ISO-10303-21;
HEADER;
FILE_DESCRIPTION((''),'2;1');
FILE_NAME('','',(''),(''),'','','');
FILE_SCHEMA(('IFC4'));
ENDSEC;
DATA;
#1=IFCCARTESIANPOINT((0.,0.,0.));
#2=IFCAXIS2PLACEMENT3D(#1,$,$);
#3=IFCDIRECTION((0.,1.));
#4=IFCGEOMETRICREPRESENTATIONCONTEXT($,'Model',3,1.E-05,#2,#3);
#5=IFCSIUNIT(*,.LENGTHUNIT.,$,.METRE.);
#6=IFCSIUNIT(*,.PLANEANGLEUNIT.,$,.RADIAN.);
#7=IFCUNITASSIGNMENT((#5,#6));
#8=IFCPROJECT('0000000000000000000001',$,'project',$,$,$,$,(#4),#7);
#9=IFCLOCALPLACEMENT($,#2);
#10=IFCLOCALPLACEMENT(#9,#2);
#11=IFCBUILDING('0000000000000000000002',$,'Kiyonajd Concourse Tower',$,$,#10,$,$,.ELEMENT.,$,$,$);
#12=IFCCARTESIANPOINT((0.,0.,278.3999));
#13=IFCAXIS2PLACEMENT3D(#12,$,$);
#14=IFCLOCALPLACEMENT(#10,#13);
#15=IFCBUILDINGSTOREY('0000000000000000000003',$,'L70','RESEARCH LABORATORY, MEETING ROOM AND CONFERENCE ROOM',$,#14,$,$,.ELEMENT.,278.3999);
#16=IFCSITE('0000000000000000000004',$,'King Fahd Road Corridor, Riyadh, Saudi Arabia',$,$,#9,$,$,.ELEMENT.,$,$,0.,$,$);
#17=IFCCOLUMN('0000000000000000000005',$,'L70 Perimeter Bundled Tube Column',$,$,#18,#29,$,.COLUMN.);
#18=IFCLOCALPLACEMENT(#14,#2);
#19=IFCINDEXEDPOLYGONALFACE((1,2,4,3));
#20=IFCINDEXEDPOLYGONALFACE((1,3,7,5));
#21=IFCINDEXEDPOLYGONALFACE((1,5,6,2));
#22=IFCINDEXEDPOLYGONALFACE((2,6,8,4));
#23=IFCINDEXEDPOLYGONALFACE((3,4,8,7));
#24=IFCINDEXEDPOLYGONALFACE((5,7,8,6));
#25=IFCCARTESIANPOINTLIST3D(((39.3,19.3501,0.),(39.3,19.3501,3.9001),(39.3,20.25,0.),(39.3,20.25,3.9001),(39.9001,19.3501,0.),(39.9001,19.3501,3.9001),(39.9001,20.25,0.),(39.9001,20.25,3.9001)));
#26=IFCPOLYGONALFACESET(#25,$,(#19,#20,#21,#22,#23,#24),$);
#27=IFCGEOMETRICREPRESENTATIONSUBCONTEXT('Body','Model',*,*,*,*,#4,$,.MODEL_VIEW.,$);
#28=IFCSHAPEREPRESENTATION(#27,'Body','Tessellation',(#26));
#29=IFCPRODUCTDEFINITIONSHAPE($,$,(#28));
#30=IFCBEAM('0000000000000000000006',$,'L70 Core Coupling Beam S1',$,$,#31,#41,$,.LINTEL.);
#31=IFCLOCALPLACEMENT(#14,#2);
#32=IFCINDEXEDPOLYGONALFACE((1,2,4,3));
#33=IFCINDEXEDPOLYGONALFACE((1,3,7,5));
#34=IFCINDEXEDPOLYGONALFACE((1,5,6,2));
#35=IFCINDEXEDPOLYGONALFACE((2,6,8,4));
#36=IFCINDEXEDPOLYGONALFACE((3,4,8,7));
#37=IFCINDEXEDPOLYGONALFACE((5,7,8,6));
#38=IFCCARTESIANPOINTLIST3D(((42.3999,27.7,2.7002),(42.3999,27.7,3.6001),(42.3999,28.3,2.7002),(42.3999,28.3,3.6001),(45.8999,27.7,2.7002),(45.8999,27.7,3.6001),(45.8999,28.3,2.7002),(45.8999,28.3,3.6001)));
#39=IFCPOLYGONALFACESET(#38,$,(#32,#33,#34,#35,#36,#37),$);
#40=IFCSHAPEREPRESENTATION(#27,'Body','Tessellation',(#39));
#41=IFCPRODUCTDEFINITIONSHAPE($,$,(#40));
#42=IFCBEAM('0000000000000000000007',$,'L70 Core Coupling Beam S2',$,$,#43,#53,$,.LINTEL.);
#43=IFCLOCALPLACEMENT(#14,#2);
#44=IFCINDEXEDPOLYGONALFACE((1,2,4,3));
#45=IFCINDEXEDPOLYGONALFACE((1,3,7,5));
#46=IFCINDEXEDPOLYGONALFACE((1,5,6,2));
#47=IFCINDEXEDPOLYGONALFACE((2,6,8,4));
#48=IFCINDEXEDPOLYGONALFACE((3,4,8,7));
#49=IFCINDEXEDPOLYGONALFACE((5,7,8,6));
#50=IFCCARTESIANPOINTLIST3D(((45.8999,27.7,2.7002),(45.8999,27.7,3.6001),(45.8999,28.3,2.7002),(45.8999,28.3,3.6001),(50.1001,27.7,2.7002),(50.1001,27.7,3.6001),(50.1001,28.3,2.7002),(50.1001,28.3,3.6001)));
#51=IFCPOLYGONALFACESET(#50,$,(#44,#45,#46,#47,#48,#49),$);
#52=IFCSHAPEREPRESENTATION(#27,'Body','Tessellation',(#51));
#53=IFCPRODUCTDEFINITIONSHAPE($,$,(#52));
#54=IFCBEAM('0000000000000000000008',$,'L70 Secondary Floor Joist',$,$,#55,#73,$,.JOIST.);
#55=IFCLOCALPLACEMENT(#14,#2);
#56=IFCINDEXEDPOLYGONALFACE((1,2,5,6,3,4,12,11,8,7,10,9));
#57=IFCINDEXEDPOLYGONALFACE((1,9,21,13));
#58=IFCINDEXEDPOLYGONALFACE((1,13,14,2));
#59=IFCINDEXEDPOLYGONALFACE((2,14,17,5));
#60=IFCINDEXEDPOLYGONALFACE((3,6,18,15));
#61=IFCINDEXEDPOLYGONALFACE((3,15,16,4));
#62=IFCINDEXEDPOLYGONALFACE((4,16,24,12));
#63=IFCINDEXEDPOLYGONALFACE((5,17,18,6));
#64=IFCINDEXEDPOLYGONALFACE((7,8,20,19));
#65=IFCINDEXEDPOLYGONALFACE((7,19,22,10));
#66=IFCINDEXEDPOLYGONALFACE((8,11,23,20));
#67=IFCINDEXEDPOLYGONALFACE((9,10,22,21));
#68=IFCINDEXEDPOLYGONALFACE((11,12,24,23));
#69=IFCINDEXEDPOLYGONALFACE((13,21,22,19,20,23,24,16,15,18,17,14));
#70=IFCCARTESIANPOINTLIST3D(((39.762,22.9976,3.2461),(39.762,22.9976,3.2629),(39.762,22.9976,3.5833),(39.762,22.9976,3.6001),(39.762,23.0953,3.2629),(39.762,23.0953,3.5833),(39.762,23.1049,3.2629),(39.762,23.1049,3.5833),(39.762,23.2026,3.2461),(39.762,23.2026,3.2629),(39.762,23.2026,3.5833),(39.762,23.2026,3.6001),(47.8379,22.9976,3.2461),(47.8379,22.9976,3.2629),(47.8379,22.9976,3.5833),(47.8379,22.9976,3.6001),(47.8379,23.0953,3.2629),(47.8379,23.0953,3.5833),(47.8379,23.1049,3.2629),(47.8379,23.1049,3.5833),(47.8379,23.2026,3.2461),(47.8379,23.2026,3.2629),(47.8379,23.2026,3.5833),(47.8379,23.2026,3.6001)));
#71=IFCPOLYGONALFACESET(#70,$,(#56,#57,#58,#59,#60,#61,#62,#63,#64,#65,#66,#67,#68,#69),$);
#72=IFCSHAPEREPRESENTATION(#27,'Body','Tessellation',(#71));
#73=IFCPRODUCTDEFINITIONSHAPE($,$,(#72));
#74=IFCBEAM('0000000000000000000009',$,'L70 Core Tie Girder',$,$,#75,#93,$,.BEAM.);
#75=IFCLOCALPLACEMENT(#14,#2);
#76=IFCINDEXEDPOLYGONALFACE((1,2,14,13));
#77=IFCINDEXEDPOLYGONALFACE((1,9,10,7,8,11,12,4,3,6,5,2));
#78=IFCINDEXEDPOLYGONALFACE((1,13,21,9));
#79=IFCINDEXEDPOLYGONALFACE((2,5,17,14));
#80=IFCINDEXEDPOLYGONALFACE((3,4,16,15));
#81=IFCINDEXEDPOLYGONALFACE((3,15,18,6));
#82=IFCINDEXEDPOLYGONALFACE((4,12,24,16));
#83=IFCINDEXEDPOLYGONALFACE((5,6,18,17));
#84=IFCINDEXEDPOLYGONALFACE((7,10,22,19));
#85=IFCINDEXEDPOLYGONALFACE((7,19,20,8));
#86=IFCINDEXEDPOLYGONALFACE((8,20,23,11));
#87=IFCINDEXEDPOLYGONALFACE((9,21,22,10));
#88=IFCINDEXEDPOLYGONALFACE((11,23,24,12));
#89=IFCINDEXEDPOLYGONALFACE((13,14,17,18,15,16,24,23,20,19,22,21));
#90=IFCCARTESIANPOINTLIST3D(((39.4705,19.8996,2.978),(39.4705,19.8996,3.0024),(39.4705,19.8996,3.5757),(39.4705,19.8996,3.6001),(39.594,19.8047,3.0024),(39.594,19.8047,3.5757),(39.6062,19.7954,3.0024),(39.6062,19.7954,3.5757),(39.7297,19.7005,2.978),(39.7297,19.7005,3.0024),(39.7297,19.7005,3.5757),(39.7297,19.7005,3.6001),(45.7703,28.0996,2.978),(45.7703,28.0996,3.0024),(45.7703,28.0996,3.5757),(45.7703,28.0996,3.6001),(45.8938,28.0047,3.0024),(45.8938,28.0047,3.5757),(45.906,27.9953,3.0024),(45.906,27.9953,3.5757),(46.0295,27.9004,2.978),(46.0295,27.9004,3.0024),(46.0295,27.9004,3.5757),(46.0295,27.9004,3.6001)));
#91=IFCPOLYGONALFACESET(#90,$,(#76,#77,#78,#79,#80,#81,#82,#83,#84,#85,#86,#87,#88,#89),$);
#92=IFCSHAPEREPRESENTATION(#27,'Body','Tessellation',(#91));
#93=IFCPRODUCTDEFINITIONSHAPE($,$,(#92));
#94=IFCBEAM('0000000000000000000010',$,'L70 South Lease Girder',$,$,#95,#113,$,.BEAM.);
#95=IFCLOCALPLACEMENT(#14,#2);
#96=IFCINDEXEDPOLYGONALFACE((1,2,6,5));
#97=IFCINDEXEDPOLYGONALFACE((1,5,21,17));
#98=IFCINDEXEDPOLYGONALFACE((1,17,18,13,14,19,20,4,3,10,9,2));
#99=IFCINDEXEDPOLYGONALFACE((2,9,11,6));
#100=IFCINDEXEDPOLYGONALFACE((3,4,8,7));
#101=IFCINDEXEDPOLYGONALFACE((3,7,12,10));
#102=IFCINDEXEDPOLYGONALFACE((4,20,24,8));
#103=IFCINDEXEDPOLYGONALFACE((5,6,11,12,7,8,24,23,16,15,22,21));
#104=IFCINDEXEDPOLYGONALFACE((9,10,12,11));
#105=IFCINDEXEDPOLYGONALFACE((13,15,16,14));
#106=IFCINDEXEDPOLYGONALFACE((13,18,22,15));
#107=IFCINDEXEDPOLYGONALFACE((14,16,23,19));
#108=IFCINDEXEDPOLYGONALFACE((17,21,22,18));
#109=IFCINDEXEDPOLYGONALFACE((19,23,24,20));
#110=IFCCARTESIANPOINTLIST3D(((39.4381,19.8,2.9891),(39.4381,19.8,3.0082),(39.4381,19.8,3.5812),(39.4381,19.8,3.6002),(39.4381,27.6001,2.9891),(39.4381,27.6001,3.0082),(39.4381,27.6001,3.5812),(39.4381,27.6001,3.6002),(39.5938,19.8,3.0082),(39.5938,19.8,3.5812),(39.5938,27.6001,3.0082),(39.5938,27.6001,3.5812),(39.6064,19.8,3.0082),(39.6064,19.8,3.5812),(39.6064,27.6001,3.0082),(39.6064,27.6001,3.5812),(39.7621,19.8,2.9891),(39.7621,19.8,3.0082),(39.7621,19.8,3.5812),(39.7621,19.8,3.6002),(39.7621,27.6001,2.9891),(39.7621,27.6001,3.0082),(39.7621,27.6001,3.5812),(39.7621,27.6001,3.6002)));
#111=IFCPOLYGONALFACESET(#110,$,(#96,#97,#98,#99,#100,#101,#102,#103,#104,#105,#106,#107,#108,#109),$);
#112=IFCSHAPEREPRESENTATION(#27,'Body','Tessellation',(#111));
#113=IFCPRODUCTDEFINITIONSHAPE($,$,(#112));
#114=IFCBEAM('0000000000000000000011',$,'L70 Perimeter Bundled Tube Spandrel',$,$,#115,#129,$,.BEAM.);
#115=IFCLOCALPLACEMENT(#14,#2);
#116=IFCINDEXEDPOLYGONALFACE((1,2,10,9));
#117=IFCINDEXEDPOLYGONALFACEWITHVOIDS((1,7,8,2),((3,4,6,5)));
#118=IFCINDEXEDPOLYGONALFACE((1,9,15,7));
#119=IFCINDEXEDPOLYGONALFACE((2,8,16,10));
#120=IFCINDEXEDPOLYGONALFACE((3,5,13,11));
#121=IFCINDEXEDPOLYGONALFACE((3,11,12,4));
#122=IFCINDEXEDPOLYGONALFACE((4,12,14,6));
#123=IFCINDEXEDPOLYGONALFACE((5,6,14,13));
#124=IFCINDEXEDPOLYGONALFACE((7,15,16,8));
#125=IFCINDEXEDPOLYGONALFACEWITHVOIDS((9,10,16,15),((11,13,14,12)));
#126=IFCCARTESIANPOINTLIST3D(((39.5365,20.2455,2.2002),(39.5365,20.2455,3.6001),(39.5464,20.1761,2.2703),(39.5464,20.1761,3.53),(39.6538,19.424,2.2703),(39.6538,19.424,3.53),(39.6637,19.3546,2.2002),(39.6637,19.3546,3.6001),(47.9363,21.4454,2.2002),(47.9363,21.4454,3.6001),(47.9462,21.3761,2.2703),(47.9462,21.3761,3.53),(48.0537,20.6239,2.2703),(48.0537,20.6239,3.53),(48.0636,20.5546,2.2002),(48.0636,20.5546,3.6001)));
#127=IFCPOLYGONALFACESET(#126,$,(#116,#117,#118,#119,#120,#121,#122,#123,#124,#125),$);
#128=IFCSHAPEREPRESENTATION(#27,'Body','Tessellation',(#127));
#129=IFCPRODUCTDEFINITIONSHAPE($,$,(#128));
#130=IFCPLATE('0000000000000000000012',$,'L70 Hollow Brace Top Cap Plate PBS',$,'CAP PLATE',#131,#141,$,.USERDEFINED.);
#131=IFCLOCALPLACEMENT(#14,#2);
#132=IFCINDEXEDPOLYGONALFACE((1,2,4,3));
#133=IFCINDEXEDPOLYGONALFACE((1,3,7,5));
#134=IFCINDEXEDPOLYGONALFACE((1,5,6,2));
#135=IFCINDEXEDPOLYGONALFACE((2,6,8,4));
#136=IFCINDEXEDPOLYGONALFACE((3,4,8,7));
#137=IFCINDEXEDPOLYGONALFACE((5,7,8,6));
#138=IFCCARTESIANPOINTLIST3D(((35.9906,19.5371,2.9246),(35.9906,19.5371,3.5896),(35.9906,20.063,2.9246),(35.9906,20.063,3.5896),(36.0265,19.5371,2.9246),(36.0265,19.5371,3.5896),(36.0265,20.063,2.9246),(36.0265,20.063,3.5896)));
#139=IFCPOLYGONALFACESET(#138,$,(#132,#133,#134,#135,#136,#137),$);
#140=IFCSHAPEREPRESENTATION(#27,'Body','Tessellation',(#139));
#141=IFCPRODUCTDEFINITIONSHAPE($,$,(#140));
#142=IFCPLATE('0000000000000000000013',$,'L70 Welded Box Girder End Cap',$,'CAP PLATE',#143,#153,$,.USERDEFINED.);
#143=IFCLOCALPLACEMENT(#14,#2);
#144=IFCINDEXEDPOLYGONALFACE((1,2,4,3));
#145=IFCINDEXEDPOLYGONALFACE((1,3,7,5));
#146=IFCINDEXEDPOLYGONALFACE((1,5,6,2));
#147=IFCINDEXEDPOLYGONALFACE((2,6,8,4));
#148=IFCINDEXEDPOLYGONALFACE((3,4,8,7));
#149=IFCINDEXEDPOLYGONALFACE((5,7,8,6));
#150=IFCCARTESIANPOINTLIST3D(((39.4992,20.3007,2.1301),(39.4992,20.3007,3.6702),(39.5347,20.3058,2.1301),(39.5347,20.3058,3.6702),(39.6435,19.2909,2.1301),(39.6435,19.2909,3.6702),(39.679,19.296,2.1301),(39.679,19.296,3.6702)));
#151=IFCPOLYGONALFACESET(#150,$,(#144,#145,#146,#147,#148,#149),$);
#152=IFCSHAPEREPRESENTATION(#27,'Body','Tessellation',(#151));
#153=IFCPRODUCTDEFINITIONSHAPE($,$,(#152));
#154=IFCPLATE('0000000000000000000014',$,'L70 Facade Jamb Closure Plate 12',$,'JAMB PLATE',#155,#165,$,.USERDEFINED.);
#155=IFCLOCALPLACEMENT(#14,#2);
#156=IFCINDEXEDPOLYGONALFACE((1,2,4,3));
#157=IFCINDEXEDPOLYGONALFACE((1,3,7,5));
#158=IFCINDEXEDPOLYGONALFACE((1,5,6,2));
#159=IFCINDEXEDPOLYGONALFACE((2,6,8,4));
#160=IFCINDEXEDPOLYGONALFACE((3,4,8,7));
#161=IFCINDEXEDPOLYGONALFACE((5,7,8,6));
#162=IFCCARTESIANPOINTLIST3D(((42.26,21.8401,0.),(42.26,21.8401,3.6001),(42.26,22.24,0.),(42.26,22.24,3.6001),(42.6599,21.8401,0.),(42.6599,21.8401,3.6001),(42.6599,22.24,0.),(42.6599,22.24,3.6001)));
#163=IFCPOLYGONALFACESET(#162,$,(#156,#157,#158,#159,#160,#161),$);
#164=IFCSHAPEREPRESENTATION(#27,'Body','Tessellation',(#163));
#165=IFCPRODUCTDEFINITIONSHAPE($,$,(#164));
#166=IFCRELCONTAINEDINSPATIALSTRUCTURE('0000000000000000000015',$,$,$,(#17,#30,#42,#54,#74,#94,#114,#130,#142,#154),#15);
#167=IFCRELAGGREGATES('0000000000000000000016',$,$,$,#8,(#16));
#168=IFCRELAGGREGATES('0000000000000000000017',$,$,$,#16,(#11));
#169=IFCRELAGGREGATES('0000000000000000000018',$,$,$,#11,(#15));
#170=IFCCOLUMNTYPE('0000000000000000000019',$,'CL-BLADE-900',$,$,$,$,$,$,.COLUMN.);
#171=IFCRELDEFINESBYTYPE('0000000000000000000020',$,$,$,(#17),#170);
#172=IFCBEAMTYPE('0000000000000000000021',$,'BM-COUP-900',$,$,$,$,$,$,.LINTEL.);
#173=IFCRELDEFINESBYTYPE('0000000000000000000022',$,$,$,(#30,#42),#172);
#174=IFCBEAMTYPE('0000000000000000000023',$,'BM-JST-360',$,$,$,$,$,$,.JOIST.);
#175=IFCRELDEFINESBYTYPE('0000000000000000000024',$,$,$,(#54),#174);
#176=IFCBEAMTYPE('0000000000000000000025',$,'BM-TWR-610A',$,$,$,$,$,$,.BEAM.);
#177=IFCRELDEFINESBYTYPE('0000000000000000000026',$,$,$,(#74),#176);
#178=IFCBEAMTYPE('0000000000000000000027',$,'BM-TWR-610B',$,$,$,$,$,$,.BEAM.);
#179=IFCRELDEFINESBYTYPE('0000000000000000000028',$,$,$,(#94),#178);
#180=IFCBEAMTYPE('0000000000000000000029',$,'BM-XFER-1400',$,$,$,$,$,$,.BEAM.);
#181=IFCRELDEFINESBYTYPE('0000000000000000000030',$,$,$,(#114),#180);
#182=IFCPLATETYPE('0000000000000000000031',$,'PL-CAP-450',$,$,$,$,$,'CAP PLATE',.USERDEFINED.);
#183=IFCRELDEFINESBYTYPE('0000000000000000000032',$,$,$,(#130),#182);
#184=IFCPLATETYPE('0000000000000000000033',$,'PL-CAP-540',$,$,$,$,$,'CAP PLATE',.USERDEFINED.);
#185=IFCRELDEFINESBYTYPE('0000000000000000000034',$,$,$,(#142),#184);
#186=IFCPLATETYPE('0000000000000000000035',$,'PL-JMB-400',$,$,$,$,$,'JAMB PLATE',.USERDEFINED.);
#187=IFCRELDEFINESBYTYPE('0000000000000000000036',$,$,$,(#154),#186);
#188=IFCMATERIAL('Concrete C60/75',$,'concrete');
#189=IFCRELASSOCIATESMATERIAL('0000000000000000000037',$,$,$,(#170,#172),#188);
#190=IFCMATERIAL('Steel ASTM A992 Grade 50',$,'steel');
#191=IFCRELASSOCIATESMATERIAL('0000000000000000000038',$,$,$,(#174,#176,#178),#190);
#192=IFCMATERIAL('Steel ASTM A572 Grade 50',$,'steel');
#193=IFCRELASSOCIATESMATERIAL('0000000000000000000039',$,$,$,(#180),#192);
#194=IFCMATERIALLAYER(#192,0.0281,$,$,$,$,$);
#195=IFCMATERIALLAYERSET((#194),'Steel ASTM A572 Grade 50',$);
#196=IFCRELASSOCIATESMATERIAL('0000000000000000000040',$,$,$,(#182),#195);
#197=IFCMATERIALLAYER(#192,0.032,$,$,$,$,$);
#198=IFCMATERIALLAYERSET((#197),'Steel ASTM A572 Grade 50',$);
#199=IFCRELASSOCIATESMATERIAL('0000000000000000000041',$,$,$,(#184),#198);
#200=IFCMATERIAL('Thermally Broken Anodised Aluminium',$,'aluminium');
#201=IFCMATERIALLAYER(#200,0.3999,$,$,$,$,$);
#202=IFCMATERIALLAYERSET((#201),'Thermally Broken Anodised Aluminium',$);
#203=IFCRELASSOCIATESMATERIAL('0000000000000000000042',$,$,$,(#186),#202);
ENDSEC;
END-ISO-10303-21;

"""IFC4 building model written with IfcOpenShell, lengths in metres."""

from ifc_helpers import new_model, si_unit, direction, frame, origin, origin_2d, place, context, subcontext, project, spatial, rectangle, hollow_rectangle, i_section, extrude, material, layer, layer_set, material_profile, profile_set, type_object, element, save


model = new_model("IFC4")

# Units and contexts
model_context = context("Model", 3, precision=1e-05, world=origin(), true_north=direction((0.0, 1.0)))
body_context = subcontext(model_context, "Body", "Model", "MODEL_VIEW")
ifc_project = project(units=[si_unit("LENGTHUNIT", "METRE"), si_unit("PLANEANGLEUNIT", "RADIAN")], contexts=[model_context])

# Site, building, storey
site_placement = place(None, origin())
site = spatial("IfcSite", under=ifc_project, at=site_placement, Name="King Fahd Road Corridor, Riyadh, Saudi Arabia", CompositionType="ELEMENT", RefElevation=0.0)
building_placement = place(site_placement, origin())
building = spatial("IfcBuilding", under=site, at=building_placement, Name="Kiyonajd Concourse Tower", CompositionType="ELEMENT")
storey_placement = place(building_placement, frame((0.0, 0.0, 278.3999)))
storey = spatial("IfcBuildingStorey", under=building, at=storey_placement, Name="L70", Description="RESEARCH LABORATORY, MEETING ROOM AND CONFERENCE ROOM", CompositionType="ELEMENT", Elevation=278.3999)

# Column
ifc_material_1 = material(Name="Concrete C60/75", Category="concrete")
ifc_material_profile_1 = material_profile(ifc_material_1, rectangle(XDim=0.6001, YDim=0.8999, at=origin_2d()), Name="RC-900x600")
ifc_profile_set_1 = profile_set([ifc_material_profile_1], Name="Concrete C60/75")
column_type = type_object("IfcColumnType", Name="CL-BLADE-900", PredefinedType="COLUMN", material=ifc_profile_set_1)
column_placement = place(storey_placement, frame((39.6001, 19.8, 0.0), z_axis=(0.0, 0.0, 1.0), x_axis=(1.0, 0.0, 0.0)))
element("IfcColumn", 1, at=column_placement, inside=storey, type_object=column_type, Name="L70 Perimeter Bundled Tube Column", PredefinedType="COLUMN", context=body_context, shape_type="SweptSolid", body=[
    extrude(rectangle(XDim=0.6001, YDim=0.8999, at=origin_2d()), origin(), (0.0, 0.0, 1.0), 3.9001),
])

# Beams
ifc_material_profile_2 = material_profile(ifc_material_1, rectangle(XDim=0.6001, YDim=0.8999, at=origin_2d()), Name="RCBM-600x900")
ifc_profile_set_2 = profile_set([ifc_material_profile_2], Name="Concrete C60/75")
beam_type_1 = type_object("IfcBeamType", Name="BM-COUP-900", PredefinedType="LINTEL", material=ifc_profile_set_2)
beam_1_placement = place(storey_placement, frame((42.3999, 28.0, 3.1501), z_axis=(1.0, 0.0, 0.0), x_axis=(0.0, 1.0, 0.0)))
element("IfcBeam", 2, at=beam_1_placement, inside=storey, type_object=beam_type_1, Name="L70 Core Coupling Beam S1", PredefinedType="LINTEL", context=body_context, shape_type="SweptSolid", body=[
    extrude(rectangle(XDim=0.6001, YDim=0.8999, at=origin_2d()), origin(), (0.0, 0.0, 1.0), 3.5),
])
beam_2_placement = place(storey_placement, frame((45.8999, 28.0, 3.1501), z_axis=(1.0, 0.0, 0.0), x_axis=(0.0, 1.0, 0.0)))
element("IfcBeam", 3, at=beam_2_placement, inside=storey, type_object=beam_type_1, Name="L70 Core Coupling Beam S2", PredefinedType="LINTEL", context=body_context, shape_type="SweptSolid", body=[
    extrude(rectangle(XDim=0.6001, YDim=0.8999, at=origin_2d()), origin(), (0.0, 0.0, 1.0), 4.2002),
])
ifc_material_2 = material(Name="Steel ASTM A992 Grade 50", Category="steel")
ifc_material_profile_3 = material_profile(ifc_material_2, i_section(OverallWidth=0.2051, OverallDepth=0.354, WebThickness=0.0095, FlangeThickness=0.0168, at=origin_2d()), Name="W360X79")
ifc_profile_set_3 = profile_set([ifc_material_profile_3], Name="Steel ASTM A992 Grade 50")
beam_type_2 = type_object("IfcBeamType", Name="BM-JST-360", PredefinedType="JOIST", material=ifc_profile_set_3)
beam_3_placement = place(storey_placement, frame((39.762, 23.1001, 3.4231), z_axis=(1.0, 0.0, 0.0), x_axis=(0.0, 1.0, 0.0)))
element("IfcBeam", 4, at=beam_3_placement, inside=storey, type_object=beam_type_2, Name="L70 Secondary Floor Joist", PredefinedType="JOIST", context=body_context, shape_type="SweptSolid", body=[
    extrude(i_section(OverallWidth=0.2051, OverallDepth=0.354, WebThickness=0.0095, FlangeThickness=0.0168, at=origin_2d()), origin(), (0.0, 0.0, 1.0), 8.0759),
])
ifc_material_profile_4 = material_profile(ifc_material_2, i_section(OverallWidth=0.3269, OverallDepth=0.6221, WebThickness=0.0154, FlangeThickness=0.0244, at=origin_2d()), Name="W610X195")
ifc_profile_set_4 = profile_set([ifc_material_profile_4], Name="Steel ASTM A992 Grade 50")
beam_type_3 = type_object("IfcBeamType", Name="BM-TWR-610A", PredefinedType="BEAM", material=ifc_profile_set_4)
beam_4_placement = place(storey_placement, frame((39.6001, 19.8, 3.2891), z_axis=(0.609234, 0.792991, 0.0), x_axis=(-0.792991, 0.609234, 0.0)))
element("IfcBeam", 5, at=beam_4_placement, inside=storey, type_object=beam_type_3, Name="L70 Core Tie Girder", PredefinedType="BEAM", context=body_context, shape_type="SweptSolid", body=[
    extrude(i_section(OverallWidth=0.3269, OverallDepth=0.6221, WebThickness=0.0154, FlangeThickness=0.0244, at=origin_2d()), origin(), (0.0, 0.0, 1.0), 10.3406),
])
ifc_material_profile_5 = material_profile(ifc_material_2, i_section(OverallWidth=0.324, OverallDepth=0.6111, WebThickness=0.0127, FlangeThickness=0.019, at=origin_2d()), Name="W610X155")
ifc_profile_set_5 = profile_set([ifc_material_profile_5], Name="Steel ASTM A992 Grade 50")
beam_type_4 = type_object("IfcBeamType", Name="BM-TWR-610B", PredefinedType="BEAM", material=ifc_profile_set_5)
beam_5_placement = place(storey_placement, frame((39.6001, 19.8, 3.2947), z_axis=(0.0, 1.0, 0.0), x_axis=(-1.0, 0.0, 0.0)))
element("IfcBeam", 6, at=beam_5_placement, inside=storey, type_object=beam_type_4, Name="L70 South Lease Girder", PredefinedType="BEAM", context=body_context, shape_type="SweptSolid", body=[
    extrude(i_section(OverallWidth=0.324, OverallDepth=0.6111, WebThickness=0.0127, FlangeThickness=0.019, at=origin_2d()), origin(), (0.0, 0.0, 1.0), 7.8),
])
ifc_material_3 = material(Name="Steel ASTM A572 Grade 50", Category="steel")
ifc_material_profile_6 = material_profile(ifc_material_3, hollow_rectangle(XDim=0.8999, YDim=1.3999, WallThickness=0.0701, at=origin_2d()), Name="BOX-1400x900x70")
ifc_profile_set_6 = profile_set([ifc_material_profile_6], Name="Steel ASTM A572 Grade 50")
beam_type_5 = type_object("IfcBeamType", Name="BM-XFER-1400", PredefinedType="BEAM", material=ifc_profile_set_6)
beam_6_placement = place(storey_placement, frame((39.6001, 19.8, 2.9001), z_axis=(0.98995, 0.141417, 0.0), x_axis=(-0.141417, 0.98995, 0.0)))
element("IfcBeam", 7, at=beam_6_placement, inside=storey, type_object=beam_type_5, Name="L70 Perimeter Bundled Tube Spandrel", PredefinedType="BEAM", context=body_context, shape_type="SweptSolid", body=[
    extrude(hollow_rectangle(XDim=0.8999, YDim=1.3999, WallThickness=0.0701, at=origin_2d()), origin(), (0.0, 0.0, 1.0), 8.4851),
])

# Plates
ifc_layer_1 = layer(ifc_material_3, 0.0281)
ifc_layer_set_1 = layer_set([ifc_layer_1], Name="Steel ASTM A572 Grade 50")
plate_type_1 = type_object("IfcPlateType", Name="PL-CAP-450", ElementType="CAP PLATE", PredefinedType="USERDEFINED", material=ifc_layer_set_1)
plate_1_placement = place(storey_placement, frame((36.0085, 19.8, 2.9246), z_axis=(0.0, 0.0, 1.0), x_axis=(1.0, 0.0, 0.0)))
element("IfcPlate", 8, at=plate_1_placement, inside=storey, type_object=plate_type_1, Name="L70 Hollow Brace Top Cap Plate PBS", ObjectType="CAP PLATE", PredefinedType="USERDEFINED", context=body_context, shape_type="SweptSolid", body=[
    extrude(rectangle(XDim=0.0359, YDim=0.5259, at=origin_2d()), origin(), (0.0, 0.0, 1.0), 0.665),
])
ifc_layer_2 = layer(ifc_material_3, 0.032)
ifc_layer_set_2 = layer_set([ifc_layer_2], Name="Steel ASTM A572 Grade 50")
plate_type_2 = type_object("IfcPlateType", Name="PL-CAP-540", ElementType="CAP PLATE", PredefinedType="USERDEFINED", material=ifc_layer_set_2)
plate_2_placement = place(storey_placement, frame((39.5891, 19.7983, 2.1301), z_axis=(0.0, 0.0, 1.0), x_axis=(-0.98995, -0.14142, 0.0)))
element("IfcPlate", 9, at=plate_2_placement, inside=storey, type_object=plate_type_2, Name="L70 Welded Box Girder End Cap", ObjectType="CAP PLATE", PredefinedType="USERDEFINED", context=body_context, shape_type="SweptSolid", body=[
    extrude(rectangle(XDim=0.0359, YDim=1.02, at=origin_2d()), origin(), (0.0, 0.0, 1.0), 1.54),
])
ifc_material_4 = material(Name="Thermally Broken Anodised Aluminium", Category="aluminium")
ifc_layer_3 = layer(ifc_material_4, 0.3999)
ifc_layer_set_3 = layer_set([ifc_layer_3], Name="Thermally Broken Anodised Aluminium")
plate_type_3 = type_object("IfcPlateType", Name="PL-JMB-400", ElementType="JAMB PLATE", PredefinedType="USERDEFINED", material=ifc_layer_set_3)
plate_3_placement = place(storey_placement, frame((42.46, 22.04, 0.0), z_axis=(0.0, 0.0, 1.0), x_axis=(1.0, 0.0, 0.0)))
element("IfcPlate", 10, at=plate_3_placement, inside=storey, type_object=plate_type_3, Name="L70 Facade Jamb Closure Plate 12", ObjectType="JAMB PLATE", PredefinedType="USERDEFINED", context=body_context, shape_type="SweptSolid", body=[
    extrude(rectangle(XDim=0.3999, YDim=0.3999, at=origin_2d()), origin(), (0.0, 0.0, 1.0), 3.6001),
])

save(model, "model.ifc")
